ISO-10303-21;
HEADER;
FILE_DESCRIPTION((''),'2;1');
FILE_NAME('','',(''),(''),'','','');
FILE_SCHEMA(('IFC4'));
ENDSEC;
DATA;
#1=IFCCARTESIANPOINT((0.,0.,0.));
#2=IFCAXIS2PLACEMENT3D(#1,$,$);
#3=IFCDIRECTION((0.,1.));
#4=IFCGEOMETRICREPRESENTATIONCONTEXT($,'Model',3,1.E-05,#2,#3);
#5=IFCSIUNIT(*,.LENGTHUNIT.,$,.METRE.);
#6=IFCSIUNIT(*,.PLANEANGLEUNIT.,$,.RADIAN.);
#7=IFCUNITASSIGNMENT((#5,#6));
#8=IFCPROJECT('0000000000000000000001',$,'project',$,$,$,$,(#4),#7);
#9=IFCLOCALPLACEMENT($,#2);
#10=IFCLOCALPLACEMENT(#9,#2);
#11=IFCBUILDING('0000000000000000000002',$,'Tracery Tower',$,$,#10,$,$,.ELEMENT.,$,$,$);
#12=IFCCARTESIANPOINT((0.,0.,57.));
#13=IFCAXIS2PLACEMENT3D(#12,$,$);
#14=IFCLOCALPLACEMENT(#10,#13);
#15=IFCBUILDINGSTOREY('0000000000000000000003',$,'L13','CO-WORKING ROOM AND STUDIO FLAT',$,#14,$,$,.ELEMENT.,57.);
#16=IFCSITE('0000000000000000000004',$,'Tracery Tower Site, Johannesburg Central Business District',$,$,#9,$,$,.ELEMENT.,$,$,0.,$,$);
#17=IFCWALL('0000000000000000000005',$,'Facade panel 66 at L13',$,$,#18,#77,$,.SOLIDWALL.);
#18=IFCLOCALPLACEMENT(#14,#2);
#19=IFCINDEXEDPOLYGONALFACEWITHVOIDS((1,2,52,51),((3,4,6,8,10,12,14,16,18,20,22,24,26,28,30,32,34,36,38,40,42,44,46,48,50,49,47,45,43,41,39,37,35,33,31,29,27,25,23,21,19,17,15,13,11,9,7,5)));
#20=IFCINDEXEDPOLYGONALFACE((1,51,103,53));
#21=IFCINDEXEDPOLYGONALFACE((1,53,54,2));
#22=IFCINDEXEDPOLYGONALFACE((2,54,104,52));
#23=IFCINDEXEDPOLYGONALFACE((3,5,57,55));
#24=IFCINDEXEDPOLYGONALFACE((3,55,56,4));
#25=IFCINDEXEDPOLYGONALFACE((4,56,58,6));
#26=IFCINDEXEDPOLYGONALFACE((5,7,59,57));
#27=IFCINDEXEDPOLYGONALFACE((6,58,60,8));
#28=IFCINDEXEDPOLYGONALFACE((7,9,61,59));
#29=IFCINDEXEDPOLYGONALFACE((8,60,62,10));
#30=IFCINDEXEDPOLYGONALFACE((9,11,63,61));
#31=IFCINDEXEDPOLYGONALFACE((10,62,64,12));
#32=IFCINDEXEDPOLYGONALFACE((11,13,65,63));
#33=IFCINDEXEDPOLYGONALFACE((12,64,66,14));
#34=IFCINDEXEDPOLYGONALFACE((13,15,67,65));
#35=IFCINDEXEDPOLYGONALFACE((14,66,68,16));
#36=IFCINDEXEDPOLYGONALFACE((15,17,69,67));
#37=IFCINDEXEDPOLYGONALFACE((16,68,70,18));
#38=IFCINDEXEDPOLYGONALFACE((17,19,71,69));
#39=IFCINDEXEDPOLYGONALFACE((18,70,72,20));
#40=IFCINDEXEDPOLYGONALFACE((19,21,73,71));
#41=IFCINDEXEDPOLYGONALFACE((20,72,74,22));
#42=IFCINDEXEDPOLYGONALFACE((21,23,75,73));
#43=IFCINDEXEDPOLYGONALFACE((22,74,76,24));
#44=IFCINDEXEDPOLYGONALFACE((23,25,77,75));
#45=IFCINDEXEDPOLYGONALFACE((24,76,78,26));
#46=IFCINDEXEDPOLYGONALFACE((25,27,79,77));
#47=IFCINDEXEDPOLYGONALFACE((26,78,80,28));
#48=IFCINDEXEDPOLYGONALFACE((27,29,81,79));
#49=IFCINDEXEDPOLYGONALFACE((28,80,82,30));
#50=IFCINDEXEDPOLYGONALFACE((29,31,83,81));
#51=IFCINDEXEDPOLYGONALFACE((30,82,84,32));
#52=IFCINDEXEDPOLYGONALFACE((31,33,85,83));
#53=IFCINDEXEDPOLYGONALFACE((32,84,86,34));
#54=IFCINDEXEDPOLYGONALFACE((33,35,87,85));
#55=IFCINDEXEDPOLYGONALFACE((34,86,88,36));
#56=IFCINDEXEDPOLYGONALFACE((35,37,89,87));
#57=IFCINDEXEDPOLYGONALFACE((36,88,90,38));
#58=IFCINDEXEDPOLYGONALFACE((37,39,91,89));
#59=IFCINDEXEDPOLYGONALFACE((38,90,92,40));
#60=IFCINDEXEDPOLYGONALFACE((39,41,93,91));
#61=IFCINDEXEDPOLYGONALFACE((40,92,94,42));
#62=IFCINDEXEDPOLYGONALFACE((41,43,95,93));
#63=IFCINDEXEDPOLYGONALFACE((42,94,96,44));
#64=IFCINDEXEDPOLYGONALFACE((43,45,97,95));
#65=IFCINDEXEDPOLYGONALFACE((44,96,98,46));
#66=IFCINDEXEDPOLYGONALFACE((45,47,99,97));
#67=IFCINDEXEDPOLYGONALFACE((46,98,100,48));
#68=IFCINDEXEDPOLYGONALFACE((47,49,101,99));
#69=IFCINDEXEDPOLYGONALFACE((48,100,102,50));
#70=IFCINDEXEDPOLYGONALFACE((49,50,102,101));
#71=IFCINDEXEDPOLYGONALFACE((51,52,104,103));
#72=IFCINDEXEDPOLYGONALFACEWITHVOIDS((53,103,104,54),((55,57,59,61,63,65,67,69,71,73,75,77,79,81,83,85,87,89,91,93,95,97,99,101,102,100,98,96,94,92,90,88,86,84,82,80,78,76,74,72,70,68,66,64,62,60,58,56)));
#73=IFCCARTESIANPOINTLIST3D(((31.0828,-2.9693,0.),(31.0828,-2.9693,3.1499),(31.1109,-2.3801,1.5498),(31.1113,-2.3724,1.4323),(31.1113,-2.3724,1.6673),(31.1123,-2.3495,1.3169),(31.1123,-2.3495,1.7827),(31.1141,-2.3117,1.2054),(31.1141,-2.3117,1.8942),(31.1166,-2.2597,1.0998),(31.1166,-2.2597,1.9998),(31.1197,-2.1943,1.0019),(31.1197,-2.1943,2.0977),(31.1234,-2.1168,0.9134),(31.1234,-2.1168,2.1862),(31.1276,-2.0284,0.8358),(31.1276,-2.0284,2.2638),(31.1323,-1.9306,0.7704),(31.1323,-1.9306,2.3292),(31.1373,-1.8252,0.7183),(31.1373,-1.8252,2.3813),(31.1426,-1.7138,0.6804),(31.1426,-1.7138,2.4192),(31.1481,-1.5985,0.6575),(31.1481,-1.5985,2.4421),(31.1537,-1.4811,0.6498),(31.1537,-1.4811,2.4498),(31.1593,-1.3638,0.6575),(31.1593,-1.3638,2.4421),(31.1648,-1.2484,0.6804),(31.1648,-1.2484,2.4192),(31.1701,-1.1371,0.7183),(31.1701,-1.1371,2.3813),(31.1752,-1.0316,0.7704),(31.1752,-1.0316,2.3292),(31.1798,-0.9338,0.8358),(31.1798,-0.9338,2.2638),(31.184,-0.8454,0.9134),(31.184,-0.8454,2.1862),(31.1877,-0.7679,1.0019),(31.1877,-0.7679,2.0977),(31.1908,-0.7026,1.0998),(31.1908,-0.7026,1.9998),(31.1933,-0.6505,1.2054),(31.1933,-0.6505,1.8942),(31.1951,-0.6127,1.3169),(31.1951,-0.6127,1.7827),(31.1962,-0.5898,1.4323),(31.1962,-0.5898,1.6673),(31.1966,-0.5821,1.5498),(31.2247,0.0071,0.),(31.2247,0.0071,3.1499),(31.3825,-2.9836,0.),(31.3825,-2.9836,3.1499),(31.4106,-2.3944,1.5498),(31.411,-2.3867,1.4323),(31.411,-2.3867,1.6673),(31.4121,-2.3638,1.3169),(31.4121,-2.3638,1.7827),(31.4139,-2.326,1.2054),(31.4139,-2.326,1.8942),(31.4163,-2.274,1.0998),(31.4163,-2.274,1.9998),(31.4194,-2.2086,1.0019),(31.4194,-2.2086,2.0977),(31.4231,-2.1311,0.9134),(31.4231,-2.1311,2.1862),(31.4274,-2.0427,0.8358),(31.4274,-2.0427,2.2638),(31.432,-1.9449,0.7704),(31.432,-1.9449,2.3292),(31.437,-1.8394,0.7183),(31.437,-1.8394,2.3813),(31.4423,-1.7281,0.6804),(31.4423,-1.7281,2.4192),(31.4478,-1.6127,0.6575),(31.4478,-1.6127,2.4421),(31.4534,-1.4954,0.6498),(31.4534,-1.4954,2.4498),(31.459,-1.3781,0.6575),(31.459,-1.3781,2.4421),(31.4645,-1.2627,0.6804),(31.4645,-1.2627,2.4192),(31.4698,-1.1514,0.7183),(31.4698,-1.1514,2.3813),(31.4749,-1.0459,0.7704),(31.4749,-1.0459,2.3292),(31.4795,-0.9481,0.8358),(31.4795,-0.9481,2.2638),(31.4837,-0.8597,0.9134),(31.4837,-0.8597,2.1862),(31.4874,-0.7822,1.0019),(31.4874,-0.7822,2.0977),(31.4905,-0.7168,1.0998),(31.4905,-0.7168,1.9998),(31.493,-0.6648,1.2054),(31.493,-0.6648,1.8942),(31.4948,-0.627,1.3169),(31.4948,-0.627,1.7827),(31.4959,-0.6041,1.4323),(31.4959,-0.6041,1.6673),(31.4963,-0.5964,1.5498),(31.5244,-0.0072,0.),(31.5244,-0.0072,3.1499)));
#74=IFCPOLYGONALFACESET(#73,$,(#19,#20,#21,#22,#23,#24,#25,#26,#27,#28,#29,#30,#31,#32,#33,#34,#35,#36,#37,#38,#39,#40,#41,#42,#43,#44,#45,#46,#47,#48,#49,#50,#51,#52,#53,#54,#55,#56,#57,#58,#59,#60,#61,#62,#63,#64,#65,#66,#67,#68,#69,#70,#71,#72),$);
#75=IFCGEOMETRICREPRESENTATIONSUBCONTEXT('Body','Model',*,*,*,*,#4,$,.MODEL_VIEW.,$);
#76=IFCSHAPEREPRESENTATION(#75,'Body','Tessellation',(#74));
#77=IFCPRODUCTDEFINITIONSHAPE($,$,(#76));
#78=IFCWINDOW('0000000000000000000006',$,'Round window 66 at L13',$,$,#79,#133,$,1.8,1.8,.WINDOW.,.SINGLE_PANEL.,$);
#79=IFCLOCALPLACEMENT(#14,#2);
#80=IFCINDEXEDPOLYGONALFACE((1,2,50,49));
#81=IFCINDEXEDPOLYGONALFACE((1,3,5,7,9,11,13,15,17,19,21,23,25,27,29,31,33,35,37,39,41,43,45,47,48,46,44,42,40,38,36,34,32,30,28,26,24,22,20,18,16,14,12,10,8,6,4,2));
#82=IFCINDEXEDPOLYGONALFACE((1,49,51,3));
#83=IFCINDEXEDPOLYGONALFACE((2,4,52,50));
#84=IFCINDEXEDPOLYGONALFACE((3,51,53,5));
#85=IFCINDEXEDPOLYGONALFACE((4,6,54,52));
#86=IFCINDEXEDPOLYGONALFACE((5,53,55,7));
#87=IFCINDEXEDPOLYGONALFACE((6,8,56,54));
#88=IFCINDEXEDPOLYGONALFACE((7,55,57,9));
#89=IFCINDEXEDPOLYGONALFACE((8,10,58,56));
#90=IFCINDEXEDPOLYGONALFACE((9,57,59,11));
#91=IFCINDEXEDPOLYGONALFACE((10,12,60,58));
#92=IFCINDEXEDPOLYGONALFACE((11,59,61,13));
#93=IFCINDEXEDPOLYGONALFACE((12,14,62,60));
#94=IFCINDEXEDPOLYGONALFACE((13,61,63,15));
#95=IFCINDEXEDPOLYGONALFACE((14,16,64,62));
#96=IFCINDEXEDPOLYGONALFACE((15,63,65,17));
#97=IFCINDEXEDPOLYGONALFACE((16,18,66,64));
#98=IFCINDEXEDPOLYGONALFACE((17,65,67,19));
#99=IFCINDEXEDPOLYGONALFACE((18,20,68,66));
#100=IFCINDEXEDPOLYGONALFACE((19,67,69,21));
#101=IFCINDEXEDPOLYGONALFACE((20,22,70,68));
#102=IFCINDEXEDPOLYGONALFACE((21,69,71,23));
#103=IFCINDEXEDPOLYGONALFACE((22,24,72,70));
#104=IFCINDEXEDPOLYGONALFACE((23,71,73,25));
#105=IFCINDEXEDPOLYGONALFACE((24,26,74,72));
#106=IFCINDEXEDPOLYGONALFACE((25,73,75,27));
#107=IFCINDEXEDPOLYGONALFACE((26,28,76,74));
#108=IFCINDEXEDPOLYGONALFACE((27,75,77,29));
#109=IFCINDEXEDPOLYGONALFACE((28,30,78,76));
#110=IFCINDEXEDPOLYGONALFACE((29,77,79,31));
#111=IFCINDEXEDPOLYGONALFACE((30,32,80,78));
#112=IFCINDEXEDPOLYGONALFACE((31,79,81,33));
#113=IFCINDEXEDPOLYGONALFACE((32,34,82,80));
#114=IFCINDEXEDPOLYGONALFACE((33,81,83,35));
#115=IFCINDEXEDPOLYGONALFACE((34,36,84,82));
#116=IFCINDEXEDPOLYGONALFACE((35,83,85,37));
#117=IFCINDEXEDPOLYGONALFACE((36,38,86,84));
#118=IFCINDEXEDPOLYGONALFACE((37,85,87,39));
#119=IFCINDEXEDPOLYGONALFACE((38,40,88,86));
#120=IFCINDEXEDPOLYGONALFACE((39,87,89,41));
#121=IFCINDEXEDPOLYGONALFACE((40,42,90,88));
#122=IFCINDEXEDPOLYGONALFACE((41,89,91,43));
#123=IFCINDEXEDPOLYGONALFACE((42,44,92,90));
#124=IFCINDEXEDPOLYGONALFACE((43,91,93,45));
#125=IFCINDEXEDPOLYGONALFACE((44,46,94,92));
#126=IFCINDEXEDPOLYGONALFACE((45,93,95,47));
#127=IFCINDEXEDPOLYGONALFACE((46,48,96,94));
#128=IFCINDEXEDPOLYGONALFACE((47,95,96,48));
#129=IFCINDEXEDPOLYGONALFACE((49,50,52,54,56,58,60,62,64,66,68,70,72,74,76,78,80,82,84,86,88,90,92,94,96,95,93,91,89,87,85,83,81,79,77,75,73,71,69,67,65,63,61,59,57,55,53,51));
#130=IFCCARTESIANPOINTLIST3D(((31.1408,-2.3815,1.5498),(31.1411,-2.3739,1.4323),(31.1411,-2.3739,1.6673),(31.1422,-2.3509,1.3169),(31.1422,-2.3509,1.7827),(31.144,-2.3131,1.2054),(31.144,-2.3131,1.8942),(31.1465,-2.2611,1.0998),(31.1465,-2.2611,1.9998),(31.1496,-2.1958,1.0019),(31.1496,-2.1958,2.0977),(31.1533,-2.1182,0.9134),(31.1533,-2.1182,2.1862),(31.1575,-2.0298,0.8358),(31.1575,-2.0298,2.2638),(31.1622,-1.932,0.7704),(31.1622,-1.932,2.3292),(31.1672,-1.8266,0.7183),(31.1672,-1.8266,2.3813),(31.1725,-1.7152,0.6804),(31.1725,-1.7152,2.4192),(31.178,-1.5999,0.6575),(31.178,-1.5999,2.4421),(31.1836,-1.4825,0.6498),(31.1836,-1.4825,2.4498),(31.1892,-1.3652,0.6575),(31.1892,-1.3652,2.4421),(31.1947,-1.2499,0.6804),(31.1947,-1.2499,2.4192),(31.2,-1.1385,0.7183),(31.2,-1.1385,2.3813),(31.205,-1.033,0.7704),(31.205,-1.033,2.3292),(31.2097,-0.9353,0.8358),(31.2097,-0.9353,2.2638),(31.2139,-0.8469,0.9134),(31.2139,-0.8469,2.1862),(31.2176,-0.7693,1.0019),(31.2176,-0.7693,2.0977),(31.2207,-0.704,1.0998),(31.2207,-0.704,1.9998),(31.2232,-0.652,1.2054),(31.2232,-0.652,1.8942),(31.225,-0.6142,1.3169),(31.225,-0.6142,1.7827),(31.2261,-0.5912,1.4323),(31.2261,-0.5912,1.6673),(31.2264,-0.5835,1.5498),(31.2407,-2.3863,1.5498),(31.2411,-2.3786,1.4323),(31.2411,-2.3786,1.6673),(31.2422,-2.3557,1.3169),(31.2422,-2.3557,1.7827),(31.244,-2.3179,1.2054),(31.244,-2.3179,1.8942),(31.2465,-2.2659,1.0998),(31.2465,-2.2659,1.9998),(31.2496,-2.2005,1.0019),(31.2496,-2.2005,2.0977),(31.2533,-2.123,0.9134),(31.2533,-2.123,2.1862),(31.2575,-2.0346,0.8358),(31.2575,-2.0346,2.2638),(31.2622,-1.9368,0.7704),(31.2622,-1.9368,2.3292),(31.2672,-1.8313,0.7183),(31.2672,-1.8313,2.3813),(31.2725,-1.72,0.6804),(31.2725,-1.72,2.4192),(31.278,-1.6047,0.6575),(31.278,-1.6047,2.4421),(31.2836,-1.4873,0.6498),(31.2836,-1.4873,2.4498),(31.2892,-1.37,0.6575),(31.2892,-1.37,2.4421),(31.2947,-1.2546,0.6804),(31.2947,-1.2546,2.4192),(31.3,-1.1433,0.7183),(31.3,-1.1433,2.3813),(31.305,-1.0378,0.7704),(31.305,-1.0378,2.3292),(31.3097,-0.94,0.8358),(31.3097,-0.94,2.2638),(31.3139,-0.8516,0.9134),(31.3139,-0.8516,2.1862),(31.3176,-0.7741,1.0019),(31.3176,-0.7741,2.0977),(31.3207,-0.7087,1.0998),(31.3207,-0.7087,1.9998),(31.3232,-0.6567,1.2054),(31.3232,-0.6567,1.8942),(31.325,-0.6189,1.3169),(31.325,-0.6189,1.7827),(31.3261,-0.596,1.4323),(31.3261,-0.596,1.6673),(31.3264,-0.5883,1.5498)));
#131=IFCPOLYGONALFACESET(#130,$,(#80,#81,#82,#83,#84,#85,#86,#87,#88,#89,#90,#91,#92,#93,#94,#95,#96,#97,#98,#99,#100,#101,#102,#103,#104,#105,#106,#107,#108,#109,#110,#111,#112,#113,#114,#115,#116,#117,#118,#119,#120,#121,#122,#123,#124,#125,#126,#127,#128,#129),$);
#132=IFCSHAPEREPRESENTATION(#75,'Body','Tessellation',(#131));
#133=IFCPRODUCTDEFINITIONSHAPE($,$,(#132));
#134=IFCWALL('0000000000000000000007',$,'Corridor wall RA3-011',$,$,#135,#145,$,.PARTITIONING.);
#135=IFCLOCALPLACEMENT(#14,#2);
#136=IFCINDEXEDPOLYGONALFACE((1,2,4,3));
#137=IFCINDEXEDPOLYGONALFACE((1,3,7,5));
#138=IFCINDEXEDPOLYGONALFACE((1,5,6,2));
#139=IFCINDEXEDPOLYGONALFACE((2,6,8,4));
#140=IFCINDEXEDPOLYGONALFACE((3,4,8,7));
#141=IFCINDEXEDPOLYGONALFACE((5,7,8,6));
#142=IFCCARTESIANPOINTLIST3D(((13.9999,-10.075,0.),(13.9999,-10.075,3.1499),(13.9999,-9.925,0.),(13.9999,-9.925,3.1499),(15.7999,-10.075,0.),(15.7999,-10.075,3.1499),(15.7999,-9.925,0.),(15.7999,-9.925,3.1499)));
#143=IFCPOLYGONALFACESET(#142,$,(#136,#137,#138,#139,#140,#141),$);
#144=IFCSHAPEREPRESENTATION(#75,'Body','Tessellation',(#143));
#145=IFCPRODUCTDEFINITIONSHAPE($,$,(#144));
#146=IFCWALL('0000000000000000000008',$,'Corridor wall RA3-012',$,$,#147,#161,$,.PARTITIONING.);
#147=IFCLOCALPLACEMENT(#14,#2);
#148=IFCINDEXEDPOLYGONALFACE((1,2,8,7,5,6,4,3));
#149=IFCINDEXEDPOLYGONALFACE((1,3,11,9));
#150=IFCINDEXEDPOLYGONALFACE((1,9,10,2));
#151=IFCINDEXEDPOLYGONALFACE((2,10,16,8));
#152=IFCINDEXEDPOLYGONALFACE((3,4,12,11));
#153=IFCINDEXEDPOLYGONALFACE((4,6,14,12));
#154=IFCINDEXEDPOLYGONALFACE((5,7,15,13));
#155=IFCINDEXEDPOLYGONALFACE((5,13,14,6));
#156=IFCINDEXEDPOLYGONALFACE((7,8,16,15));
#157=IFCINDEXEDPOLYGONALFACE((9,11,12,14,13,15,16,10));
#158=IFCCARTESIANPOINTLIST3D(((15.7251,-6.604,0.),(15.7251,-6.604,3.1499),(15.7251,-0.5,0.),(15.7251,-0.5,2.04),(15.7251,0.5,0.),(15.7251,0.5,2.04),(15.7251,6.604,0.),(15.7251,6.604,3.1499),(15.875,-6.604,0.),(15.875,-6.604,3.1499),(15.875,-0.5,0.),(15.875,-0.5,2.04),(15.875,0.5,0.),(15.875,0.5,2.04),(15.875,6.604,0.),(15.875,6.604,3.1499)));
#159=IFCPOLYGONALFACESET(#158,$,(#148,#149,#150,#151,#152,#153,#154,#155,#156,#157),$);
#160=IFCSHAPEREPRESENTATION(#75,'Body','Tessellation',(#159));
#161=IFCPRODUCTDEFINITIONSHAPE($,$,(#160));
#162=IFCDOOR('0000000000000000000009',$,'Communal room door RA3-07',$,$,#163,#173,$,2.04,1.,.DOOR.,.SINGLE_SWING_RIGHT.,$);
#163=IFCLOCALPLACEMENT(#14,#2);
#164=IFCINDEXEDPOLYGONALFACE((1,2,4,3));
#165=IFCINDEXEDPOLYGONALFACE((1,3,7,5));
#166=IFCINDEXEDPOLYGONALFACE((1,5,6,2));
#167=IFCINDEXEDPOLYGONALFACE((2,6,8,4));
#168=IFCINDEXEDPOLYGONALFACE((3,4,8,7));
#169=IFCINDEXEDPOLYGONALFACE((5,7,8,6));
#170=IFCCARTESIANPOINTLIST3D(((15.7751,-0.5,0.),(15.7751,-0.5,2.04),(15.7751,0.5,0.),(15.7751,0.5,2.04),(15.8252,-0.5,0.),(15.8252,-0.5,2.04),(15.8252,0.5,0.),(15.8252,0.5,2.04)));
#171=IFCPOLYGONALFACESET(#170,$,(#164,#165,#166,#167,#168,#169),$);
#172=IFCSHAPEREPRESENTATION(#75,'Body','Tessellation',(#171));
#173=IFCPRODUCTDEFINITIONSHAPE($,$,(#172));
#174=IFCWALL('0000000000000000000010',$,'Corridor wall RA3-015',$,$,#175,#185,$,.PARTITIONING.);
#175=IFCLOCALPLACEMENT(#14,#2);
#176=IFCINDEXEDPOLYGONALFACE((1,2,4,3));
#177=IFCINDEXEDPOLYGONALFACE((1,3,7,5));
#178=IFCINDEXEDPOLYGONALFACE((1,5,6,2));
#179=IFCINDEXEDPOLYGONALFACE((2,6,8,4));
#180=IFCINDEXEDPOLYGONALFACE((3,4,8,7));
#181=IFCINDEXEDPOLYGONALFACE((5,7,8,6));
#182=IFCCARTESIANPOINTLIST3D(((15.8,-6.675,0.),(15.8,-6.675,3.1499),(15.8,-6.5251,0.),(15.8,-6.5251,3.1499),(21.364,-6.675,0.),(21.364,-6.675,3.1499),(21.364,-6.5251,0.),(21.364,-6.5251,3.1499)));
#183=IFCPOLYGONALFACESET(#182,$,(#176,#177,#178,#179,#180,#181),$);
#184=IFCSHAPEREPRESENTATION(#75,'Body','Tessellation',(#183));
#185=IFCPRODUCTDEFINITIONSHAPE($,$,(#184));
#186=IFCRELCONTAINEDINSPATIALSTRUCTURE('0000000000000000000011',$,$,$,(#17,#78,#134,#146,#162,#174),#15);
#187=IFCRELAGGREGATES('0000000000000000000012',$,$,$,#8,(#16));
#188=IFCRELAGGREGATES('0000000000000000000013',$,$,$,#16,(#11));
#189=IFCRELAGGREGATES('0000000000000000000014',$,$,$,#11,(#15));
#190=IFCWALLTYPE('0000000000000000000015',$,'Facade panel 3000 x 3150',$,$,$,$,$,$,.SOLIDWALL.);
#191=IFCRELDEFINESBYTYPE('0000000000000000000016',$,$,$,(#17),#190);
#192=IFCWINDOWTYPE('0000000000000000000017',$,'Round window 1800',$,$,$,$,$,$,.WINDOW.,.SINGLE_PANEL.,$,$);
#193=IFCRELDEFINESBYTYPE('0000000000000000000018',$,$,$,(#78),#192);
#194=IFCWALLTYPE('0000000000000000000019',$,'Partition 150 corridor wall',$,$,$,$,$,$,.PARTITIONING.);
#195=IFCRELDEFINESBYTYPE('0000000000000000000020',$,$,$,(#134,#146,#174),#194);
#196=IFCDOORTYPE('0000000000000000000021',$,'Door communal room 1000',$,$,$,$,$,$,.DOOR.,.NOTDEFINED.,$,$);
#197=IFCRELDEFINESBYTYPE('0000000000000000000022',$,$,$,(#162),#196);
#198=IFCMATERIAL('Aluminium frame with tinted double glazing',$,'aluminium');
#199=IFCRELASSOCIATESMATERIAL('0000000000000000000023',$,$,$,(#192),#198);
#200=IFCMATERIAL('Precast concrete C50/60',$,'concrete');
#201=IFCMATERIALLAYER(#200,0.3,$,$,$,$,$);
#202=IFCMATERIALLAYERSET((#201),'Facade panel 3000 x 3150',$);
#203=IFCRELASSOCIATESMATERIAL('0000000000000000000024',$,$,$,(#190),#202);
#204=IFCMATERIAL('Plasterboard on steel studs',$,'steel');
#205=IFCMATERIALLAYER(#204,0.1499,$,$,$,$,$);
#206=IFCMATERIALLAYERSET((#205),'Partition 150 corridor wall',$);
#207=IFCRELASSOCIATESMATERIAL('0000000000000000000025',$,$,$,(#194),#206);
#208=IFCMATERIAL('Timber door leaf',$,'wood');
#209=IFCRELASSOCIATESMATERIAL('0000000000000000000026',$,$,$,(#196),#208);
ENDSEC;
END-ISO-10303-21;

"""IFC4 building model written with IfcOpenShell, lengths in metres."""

from ifc_helpers import new_model, si_unit, direction, frame, frame_2d, origin, origin_2d, place, context, subcontext, project, spatial, rectangle, circle, extrude, material, layer, layer_set, type_object, element, fill, save


model = new_model("IFC4")

# Units and contexts
model_context = context("Model", 3, precision=1e-05, world=origin(), true_north=direction((0.0, 1.0)))
body_context = subcontext(model_context, "Body", "Model", "MODEL_VIEW")
ifc_project = project(units=[si_unit("LENGTHUNIT", "METRE"), si_unit("PLANEANGLEUNIT", "RADIAN")], contexts=[model_context])

# Site, building, storey
site_placement = place(None, origin())
site = spatial("IfcSite", under=ifc_project, at=site_placement, Name="Tracery Tower Site, Johannesburg Central Business District", CompositionType="ELEMENT", RefElevation=0.0)
building_placement = place(site_placement, origin())
building = spatial("IfcBuilding", under=site, at=building_placement, Name="Tracery Tower", CompositionType="ELEMENT")
storey_placement = place(building_placement, frame((0.0, 0.0, 57.0)))
storey = spatial("IfcBuildingStorey", under=building, at=storey_placement, Name="L13", Description="CO-WORKING ROOM AND STUDIO FLAT", CompositionType="ELEMENT", Elevation=57.0)

# Wall, opening, window
ifc_material_1 = material(Name="Aluminium frame with tinted double glazing", Category="aluminium")
window_type = type_object("IfcWindowType", Name="Round window 1800", PartitioningType="SINGLE_PANEL", PredefinedType="WINDOW", material=ifc_material_1)
ifc_material_2 = material(Name="Precast concrete C50/60", Category="concrete")
ifc_layer_1 = layer(ifc_material_2, 0.3)
ifc_layer_set_1 = layer_set([ifc_layer_1], Name="Facade panel 3000 x 3150")
wall_type_1 = type_object("IfcWallType", Name="Facade panel 3000 x 3150", PredefinedType="SOLIDWALL", material=ifc_layer_set_1)
wall_1_placement = place(storey_placement, frame((31.2327, -2.9763, 0.0), z_axis=(0.0, 0.0, 1.0), x_axis=(0.047604, 0.998866, 0.0)))
wall_1 = element("IfcWall", 1, at=wall_1_placement, inside=storey, type_object=wall_type_1, Name="Facade panel 66 at L13", PredefinedType="SOLIDWALL", context=body_context, shape_type="SweptSolid", body=[
    extrude(rectangle(XDim=2.9797, YDim=0.3, at=frame_2d((1.4897, 0.0))), origin(), (0.0, 0.0, 1.0), 3.1499),
])
opening_1_placement = place(wall_1_placement, frame((1.4897, 0.0, 1.5498)))
opening_1 = element("IfcOpeningElement", 2, at=opening_1_placement, cuts=wall_1, PredefinedType="OPENING", context=body_context, shape_type="SweptSolid", body=[
    extrude(circle(Radius=0.9, at=origin_2d()), frame((0.0, 0.1599, 0.0), z_axis=(0.0, -1.0, 0.0), x_axis=(1.0, 0.0, 0.0)), (0.0, 0.0, 1.0), 0.3201),
])
window_1_placement = place(opening_1_placement, origin())
window_1 = element("IfcWindow", 3, at=window_1_placement, inside=storey, type_object=window_type, Name="Round window 66 at L13", OverallHeight=1.8, OverallWidth=1.8, PartitioningType="SINGLE_PANEL", PredefinedType="WINDOW", context=body_context, shape_type="SweptSolid", body=[
    extrude(circle(Radius=0.9, at=origin_2d()), frame((0.0, 0.1201, 0.0), z_axis=(0.0, -1.0, 0.0), x_axis=(1.0, 0.0, 0.0)), (0.0, 0.0, 1.0), 0.1001),
])
fill(opening_1, window_1)

# Wall
ifc_material_3 = material(Name="Plasterboard on steel studs", Category="steel")
ifc_layer_2 = layer(ifc_material_3, 0.1499)
ifc_layer_set_2 = layer_set([ifc_layer_2], Name="Partition 150 corridor wall")
wall_type_2 = type_object("IfcWallType", Name="Partition 150 corridor wall", PredefinedType="PARTITIONING", material=ifc_layer_set_2)
wall_2_placement = place(storey_placement, frame((14.0, -10.0, 0.0), z_axis=(0.0, 0.0, 1.0), x_axis=(1.0, 0.0, 0.0)))
element("IfcWall", 4, at=wall_2_placement, inside=storey, type_object=wall_type_2, Name="Corridor wall RA3-011", PredefinedType="PARTITIONING", context=body_context, shape_type="SweptSolid", body=[
    extrude(rectangle(XDim=1.8, YDim=0.1499, at=frame_2d((0.8999, 0.0))), origin(), (0.0, 0.0, 1.0), 3.1499),
])

# Wall, opening, door
wall_3_placement = place(storey_placement, frame((15.8, -6.604, 0.0), z_axis=(0.0, 0.0, 1.0), x_axis=(0.0, 1.0, 0.0)))
wall_3 = element("IfcWall", 5, at=wall_3_placement, inside=storey, type_object=wall_type_2, Name="Corridor wall RA3-012", PredefinedType="PARTITIONING", context=body_context, shape_type="SweptSolid", body=[
    extrude(rectangle(XDim=13.208, YDim=0.1499, at=frame_2d((6.604, 0.0))), origin(), (0.0, 0.0, 1.0), 3.1499),
])
opening_2_placement = place(wall_3_placement, frame((6.104, 0.0, 0.0)))
opening_2 = element("IfcOpeningElement", 6, at=opening_2_placement, cuts=wall_3, PredefinedType="OPENING", context=body_context, shape_type="SweptSolid", body=[
    extrude(rectangle(XDim=1.0, YDim=2.04, at=frame_2d((0.5, 1.02))), frame((0.0, 0.075, 0.0), z_axis=(0.0, -1.0, 0.0), x_axis=(1.0, 0.0, 0.0)), (0.0, 0.0, 1.0), 0.1499),
])
ifc_material_4 = material(Name="Timber door leaf", Category="wood")
door_type_1 = type_object("IfcDoorType", Name="Door communal room 1000", OperationType="NOTDEFINED", PredefinedType="DOOR", material=ifc_material_4)
door_1_placement = place(opening_2_placement, origin())
door_1 = element("IfcDoor", 7, at=door_1_placement, inside=storey, type_object=door_type_1, Name="Communal room door RA3-07", OperationType="SINGLE_SWING_RIGHT", OverallHeight=2.04, OverallWidth=1.0, PredefinedType="DOOR", context=body_context, shape_type="SweptSolid", body=[
    extrude(rectangle(XDim=1.0, YDim=2.04, at=frame_2d((0.5, 1.02))), frame((0.0, 0.0249, 0.0), z_axis=(0.0, -1.0, 0.0), x_axis=(1.0, 0.0, 0.0)), (0.0, 0.0, 1.0), 0.05),
])
fill(opening_2, door_1)

# Wall
wall_4_placement = place(storey_placement, frame((15.8, -6.6001, 0.0), z_axis=(0.0, 0.0, 1.0), x_axis=(1.0, 0.0, 0.0)))
element("IfcWall", 8, at=wall_4_placement, inside=storey, type_object=wall_type_2, Name="Corridor wall RA3-015", PredefinedType="PARTITIONING", context=body_context, shape_type="SweptSolid", body=[
    extrude(rectangle(XDim=5.564, YDim=0.1499, at=frame_2d((2.782, 0.0))), origin(), (0.0, 0.0, 1.0), 3.1499),
])

save(model, "model.ifc")
